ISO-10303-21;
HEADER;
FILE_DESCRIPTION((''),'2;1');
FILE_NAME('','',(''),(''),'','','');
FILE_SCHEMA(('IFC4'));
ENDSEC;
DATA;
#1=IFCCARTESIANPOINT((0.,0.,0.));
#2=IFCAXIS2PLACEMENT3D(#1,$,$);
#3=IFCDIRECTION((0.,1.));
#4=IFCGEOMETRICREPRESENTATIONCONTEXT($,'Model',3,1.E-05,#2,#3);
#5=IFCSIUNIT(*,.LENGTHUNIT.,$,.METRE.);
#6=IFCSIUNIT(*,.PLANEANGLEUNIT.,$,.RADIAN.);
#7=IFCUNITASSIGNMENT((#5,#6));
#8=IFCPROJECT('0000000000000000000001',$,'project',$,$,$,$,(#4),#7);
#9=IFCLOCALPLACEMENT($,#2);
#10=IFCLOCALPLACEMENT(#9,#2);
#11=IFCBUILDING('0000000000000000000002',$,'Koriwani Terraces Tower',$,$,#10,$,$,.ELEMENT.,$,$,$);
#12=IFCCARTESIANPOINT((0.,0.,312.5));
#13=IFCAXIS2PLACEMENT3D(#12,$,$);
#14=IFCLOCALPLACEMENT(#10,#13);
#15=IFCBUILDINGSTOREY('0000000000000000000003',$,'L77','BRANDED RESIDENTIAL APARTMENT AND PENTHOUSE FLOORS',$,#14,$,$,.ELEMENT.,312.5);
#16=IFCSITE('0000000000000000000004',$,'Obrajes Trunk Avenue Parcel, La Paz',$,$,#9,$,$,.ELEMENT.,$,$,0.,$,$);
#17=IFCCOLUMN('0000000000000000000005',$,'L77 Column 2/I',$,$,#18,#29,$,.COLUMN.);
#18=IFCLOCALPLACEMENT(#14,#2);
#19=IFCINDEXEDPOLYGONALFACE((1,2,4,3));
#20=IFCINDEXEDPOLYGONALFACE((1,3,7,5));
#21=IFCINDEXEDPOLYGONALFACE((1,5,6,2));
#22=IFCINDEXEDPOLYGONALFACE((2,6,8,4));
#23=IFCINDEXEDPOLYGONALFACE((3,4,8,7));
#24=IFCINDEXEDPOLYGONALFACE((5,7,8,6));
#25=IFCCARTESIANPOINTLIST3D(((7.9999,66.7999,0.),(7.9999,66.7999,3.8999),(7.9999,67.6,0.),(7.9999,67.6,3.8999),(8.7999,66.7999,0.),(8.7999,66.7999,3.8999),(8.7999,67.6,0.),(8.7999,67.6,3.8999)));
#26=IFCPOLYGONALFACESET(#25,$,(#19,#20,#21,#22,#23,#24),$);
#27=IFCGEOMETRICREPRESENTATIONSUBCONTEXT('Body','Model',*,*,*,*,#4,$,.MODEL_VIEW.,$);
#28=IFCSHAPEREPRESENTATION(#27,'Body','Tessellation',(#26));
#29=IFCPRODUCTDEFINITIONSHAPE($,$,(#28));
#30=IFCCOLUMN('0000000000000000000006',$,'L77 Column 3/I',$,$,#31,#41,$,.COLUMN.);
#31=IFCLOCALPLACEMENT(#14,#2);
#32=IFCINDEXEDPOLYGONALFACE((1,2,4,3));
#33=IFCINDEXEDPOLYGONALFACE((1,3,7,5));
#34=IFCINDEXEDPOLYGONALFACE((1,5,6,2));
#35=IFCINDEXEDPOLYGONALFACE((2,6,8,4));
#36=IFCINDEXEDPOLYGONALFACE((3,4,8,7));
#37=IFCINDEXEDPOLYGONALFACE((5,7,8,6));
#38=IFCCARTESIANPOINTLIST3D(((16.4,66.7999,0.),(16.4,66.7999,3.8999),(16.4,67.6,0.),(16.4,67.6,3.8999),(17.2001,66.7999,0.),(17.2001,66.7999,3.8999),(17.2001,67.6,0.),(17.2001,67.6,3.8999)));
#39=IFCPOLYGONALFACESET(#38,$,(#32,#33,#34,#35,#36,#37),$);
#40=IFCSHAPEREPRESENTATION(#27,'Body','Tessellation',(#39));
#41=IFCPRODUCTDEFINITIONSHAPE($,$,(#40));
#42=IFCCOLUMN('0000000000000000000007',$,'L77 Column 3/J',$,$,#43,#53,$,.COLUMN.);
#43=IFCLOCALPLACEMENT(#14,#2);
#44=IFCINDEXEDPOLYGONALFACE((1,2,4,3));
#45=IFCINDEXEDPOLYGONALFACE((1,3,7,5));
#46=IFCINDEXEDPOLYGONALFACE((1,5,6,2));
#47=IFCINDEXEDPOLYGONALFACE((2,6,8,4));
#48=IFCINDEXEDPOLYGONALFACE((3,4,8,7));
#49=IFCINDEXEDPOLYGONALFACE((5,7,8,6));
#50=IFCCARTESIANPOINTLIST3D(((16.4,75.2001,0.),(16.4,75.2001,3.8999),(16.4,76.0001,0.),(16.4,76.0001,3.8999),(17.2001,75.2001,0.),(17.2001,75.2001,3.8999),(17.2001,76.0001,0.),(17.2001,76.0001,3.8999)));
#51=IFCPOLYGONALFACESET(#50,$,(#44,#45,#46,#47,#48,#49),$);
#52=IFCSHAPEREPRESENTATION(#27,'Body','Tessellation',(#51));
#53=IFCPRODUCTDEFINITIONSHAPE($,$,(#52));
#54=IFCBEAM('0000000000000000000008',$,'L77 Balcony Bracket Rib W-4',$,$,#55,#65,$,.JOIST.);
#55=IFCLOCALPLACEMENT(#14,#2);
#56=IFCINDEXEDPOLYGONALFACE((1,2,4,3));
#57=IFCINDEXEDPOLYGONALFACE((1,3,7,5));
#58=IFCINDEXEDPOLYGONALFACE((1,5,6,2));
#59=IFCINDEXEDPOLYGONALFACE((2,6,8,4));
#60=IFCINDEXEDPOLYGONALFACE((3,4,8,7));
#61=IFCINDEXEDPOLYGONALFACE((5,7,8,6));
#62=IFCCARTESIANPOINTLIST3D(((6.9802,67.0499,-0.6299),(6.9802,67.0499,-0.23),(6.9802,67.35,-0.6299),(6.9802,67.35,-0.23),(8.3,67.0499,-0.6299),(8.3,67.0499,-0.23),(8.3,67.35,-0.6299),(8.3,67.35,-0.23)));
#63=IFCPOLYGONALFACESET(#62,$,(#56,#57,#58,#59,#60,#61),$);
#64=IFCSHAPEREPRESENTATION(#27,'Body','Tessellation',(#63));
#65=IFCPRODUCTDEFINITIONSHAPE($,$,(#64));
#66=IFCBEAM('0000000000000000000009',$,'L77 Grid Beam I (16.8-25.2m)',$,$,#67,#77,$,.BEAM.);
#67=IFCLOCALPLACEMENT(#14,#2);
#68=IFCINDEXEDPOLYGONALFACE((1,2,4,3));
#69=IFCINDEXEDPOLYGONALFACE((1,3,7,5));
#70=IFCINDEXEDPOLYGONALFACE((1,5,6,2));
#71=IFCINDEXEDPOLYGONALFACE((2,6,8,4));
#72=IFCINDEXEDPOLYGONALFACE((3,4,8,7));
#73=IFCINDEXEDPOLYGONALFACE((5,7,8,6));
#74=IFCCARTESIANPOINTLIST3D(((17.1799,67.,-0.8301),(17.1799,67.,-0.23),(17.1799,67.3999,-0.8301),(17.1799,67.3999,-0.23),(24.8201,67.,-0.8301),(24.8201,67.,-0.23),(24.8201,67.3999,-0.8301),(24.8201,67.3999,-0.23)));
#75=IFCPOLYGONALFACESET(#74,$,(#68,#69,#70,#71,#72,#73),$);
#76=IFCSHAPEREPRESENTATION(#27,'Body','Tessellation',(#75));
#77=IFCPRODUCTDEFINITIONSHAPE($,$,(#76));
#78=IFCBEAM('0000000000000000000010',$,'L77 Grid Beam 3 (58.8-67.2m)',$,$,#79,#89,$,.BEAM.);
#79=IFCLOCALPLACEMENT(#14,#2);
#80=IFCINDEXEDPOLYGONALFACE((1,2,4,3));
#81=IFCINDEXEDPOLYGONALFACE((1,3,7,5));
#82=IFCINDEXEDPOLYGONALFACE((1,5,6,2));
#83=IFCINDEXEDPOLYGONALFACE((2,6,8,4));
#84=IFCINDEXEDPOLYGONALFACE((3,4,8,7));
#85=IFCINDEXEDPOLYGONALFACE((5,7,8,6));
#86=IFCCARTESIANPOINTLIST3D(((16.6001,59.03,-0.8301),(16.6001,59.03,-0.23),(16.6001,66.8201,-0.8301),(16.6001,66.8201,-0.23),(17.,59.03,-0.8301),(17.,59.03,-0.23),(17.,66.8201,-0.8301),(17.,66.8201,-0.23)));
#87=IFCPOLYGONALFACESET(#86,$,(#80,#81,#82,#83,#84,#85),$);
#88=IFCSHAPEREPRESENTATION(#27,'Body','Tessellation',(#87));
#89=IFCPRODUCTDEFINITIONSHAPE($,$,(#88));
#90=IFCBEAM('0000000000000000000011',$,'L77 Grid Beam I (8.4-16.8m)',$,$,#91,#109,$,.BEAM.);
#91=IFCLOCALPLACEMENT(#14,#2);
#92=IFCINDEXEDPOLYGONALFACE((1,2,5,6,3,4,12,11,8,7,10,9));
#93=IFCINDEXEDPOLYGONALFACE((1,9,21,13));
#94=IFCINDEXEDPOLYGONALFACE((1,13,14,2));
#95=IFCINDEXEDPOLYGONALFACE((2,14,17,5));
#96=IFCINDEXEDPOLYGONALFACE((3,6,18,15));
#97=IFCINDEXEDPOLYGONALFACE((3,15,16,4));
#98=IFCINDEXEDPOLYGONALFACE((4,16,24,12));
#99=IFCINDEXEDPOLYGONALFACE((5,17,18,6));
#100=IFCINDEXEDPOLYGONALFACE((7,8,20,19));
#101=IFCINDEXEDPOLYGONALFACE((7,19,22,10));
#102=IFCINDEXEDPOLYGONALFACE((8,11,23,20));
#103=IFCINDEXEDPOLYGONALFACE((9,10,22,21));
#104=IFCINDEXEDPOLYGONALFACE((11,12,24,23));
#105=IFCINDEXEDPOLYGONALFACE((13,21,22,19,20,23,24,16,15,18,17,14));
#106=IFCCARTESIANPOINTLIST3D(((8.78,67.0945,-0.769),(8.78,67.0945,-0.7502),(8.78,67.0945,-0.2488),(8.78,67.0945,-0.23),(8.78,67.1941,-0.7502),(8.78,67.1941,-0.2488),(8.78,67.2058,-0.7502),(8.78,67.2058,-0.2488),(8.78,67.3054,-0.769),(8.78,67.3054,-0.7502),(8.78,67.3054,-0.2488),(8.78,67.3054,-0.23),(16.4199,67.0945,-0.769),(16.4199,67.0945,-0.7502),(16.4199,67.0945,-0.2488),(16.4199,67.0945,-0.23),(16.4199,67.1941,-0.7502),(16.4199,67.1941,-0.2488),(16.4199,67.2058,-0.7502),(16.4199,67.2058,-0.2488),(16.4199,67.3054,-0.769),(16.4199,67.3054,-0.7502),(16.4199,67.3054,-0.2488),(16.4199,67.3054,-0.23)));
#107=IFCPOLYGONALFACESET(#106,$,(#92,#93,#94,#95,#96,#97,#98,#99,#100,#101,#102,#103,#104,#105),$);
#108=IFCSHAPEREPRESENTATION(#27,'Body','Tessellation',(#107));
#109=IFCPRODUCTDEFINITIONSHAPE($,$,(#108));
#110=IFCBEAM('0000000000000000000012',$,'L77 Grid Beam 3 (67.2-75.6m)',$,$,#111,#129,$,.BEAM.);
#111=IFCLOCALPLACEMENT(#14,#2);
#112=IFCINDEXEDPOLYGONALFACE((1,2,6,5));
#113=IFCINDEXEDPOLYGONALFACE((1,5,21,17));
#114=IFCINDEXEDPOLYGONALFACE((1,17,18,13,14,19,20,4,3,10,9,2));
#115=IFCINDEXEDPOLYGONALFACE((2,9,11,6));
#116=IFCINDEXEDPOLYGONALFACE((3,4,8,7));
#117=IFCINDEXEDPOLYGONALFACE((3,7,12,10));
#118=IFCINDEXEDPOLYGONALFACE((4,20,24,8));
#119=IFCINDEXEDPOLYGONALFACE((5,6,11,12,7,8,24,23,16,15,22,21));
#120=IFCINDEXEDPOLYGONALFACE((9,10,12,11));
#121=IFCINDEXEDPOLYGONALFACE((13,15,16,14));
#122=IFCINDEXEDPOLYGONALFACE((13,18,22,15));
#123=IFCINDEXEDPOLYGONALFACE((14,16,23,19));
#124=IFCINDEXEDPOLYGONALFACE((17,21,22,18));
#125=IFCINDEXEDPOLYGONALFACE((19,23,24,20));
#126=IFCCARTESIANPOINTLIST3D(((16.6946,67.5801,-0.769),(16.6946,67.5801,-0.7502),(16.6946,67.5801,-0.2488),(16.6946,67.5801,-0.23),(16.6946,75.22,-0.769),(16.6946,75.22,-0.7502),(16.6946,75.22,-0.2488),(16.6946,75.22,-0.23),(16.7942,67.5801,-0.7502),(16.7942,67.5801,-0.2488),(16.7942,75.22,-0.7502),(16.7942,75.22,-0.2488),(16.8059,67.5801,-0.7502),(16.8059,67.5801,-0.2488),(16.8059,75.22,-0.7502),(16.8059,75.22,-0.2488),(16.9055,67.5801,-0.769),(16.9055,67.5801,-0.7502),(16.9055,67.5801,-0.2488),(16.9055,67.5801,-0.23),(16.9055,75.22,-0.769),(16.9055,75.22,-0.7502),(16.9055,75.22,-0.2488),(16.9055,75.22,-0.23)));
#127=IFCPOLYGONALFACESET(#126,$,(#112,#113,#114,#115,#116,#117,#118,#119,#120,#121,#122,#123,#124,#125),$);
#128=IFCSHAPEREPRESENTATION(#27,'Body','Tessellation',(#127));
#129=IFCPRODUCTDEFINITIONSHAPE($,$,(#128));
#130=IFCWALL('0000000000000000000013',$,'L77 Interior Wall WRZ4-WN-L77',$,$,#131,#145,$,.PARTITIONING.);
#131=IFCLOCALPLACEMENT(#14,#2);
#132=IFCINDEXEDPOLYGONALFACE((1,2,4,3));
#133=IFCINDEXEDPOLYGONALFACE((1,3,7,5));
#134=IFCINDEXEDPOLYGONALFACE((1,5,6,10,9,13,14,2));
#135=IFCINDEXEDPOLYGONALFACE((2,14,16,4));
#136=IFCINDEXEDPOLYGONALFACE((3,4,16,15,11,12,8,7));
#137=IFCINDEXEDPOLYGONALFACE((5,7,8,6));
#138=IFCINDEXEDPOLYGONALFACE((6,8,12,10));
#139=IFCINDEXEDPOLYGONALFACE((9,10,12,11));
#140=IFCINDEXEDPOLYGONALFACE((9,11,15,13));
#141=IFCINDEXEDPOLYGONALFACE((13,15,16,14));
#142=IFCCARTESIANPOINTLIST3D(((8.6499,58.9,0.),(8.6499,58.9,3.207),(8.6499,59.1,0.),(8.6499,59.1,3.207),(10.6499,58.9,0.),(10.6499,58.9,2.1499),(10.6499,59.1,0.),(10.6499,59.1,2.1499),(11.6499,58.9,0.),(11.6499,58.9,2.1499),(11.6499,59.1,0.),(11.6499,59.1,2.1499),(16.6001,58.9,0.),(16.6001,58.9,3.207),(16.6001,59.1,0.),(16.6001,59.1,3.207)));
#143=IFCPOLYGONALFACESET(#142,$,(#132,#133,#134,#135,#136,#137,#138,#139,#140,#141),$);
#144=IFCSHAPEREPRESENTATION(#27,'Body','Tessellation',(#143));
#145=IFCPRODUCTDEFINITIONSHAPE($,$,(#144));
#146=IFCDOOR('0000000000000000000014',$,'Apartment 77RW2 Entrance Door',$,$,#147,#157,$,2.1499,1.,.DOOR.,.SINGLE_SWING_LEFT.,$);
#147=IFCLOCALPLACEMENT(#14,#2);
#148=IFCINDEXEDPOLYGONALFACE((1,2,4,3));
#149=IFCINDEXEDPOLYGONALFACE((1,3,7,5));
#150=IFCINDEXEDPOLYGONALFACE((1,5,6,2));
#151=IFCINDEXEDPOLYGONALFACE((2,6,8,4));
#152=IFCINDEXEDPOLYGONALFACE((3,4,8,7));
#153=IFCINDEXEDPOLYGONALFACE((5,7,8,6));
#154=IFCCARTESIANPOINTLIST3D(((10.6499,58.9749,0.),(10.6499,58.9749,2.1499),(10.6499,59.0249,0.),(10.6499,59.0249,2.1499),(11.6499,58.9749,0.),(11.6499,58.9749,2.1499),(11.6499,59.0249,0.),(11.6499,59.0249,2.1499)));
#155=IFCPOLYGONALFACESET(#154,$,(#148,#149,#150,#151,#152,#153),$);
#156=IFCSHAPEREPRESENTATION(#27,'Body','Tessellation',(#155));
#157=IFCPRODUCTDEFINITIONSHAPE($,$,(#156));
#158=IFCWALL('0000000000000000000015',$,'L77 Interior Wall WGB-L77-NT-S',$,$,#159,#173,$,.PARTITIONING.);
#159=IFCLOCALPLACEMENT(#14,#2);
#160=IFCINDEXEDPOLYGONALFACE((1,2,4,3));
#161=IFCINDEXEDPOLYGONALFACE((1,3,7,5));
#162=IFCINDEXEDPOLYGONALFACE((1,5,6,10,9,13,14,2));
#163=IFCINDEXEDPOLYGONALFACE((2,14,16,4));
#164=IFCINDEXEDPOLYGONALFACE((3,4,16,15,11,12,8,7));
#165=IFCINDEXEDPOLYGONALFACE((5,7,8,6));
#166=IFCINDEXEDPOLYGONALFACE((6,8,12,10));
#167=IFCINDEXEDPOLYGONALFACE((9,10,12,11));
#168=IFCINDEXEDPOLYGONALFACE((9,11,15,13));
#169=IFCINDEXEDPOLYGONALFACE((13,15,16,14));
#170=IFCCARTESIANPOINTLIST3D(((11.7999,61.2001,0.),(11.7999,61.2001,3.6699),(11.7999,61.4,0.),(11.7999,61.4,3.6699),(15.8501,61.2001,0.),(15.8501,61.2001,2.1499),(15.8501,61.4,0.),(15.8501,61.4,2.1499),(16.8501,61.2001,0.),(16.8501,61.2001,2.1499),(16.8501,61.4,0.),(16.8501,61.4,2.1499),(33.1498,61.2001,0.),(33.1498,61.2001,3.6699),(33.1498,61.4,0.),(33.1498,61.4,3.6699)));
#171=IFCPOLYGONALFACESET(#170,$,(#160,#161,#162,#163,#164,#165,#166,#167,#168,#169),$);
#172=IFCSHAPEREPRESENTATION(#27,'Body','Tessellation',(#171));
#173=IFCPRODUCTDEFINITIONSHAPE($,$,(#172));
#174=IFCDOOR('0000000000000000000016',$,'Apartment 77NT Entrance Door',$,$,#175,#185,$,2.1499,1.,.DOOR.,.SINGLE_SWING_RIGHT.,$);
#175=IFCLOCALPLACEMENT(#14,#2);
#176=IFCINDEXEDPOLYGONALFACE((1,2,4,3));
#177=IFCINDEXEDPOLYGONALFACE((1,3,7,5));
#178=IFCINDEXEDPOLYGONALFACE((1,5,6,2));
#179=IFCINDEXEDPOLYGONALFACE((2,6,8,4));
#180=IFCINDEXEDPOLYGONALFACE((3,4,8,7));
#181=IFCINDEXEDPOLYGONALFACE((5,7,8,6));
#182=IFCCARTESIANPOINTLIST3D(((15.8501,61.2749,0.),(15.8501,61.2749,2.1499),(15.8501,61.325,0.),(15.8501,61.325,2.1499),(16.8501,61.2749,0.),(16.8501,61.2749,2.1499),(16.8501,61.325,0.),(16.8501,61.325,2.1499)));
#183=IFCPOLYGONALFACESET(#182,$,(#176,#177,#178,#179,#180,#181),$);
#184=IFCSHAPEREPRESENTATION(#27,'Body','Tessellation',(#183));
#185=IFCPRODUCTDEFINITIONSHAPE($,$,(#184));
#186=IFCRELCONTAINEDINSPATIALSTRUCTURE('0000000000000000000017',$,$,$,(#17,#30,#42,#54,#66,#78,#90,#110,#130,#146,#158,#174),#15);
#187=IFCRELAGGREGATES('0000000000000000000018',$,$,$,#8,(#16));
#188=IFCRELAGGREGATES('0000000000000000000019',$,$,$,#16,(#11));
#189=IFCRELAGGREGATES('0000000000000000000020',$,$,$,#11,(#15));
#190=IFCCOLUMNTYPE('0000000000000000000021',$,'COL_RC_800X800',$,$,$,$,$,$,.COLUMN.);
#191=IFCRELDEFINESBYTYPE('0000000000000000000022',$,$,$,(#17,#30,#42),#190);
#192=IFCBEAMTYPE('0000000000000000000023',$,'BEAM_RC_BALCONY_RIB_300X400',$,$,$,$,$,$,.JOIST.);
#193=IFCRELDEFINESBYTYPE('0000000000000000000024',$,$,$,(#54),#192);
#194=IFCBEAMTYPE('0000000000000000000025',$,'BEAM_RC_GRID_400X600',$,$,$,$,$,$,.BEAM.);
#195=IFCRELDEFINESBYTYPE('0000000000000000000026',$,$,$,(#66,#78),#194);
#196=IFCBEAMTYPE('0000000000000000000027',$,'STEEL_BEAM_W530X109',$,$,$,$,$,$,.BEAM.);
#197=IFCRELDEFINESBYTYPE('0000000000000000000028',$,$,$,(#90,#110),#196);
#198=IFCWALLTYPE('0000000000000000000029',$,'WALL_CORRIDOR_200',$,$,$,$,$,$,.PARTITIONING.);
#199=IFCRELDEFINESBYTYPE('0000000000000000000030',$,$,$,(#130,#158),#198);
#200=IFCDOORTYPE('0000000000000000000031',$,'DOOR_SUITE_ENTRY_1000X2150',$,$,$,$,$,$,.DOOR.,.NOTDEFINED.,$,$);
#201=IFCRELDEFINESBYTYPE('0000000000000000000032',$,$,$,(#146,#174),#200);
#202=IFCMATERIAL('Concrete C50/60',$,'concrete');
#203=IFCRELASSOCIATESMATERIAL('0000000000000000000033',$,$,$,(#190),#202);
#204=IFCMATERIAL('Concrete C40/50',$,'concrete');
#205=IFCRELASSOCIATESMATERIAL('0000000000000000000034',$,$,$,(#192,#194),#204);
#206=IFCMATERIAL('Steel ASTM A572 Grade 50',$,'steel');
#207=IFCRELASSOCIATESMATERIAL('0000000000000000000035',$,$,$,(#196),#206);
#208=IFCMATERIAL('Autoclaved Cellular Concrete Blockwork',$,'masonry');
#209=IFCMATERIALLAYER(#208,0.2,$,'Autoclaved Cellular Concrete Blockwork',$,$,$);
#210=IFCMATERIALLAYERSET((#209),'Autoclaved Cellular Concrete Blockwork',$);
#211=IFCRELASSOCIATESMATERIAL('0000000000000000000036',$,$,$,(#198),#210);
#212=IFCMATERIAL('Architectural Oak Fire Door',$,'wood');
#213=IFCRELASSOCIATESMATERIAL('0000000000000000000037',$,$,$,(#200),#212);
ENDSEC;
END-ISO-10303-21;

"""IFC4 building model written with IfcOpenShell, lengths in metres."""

from ifc_helpers import new_model, si_unit, direction, frame, frame_2d, origin, origin_2d, place, context, subcontext, project, spatial, rectangle, i_section, extrude, material, layer, layer_set, material_profile, profile_set, type_object, element, fill, save


model = new_model("IFC4")

# Units and contexts
model_context = context("Model", 3, precision=1e-05, world=origin(), true_north=direction((0.0, 1.0)))
body_context = subcontext(model_context, "Body", "Model", "MODEL_VIEW")
ifc_project = project(units=[si_unit("LENGTHUNIT", "METRE"), si_unit("PLANEANGLEUNIT", "RADIAN")], contexts=[model_context])

# Site, building, storey
site_placement = place(None, origin())
site = spatial("IfcSite", under=ifc_project, at=site_placement, Name="Obrajes Trunk Avenue Parcel, La Paz", CompositionType="ELEMENT", RefElevation=0.0)
building_placement = place(site_placement, origin())
building = spatial("IfcBuilding", under=site, at=building_placement, Name="Koriwani Terraces Tower", CompositionType="ELEMENT")
storey_placement = place(building_placement, frame((0.0, 0.0, 312.5)))
storey = spatial("IfcBuildingStorey", under=building, at=storey_placement, Name="L77", Description="BRANDED RESIDENTIAL APARTMENT AND PENTHOUSE FLOORS", CompositionType="ELEMENT", Elevation=312.5)

# Columns
ifc_material_1 = material(Name="Concrete C50/60", Category="concrete")
ifc_material_profile_1 = material_profile(ifc_material_1, rectangle(XDim=0.8, YDim=0.8, at=origin_2d()), Name="Concrete C50/60", Category="LoadBearing")
ifc_profile_set_1 = profile_set([ifc_material_profile_1], Name="Concrete C50/60")
column_type = type_object("IfcColumnType", Name="COL_RC_800X800", PredefinedType="COLUMN", material=ifc_profile_set_1)
for number, where, z_axis, x_axis, name in (
    (1, (8.3999, 67.2, 0.0), (0.0, 0.0, 1.0), (1.0, 0.0, 0.0), "L77 Column 2/I"),
    (2, (16.8, 67.2, 0.0), (0.0, 0.0, 1.0), (1.0, 0.0, 0.0), "L77 Column 3/I"),
    (3, (16.8, 75.6001, 0.0), (0.0, 0.0, 1.0), (1.0, 0.0, 0.0), "L77 Column 3/J"),
):
    element("IfcColumn", number, at=place(storey_placement, frame(where, z_axis=z_axis, x_axis=x_axis)), inside=storey, type_object=column_type, Name=name, PredefinedType="COLUMN", context=body_context, shape_type="SweptSolid", body=[
        extrude(rectangle(XDim=0.8, YDim=0.8, at=origin_2d()), origin(), (0.0, 0.0, 1.0), 3.8999),
    ])

# Beams
ifc_material_2 = material(Name="Concrete C40/50", Category="concrete")
ifc_material_profile_2 = material_profile(ifc_material_2, rectangle(XDim=0.3, YDim=0.3999, at=origin_2d()), Name="Concrete C40/50", Category="LoadBearing")
ifc_profile_set_2 = profile_set([ifc_material_profile_2], Name="Concrete C40/50")
beam_type_1 = type_object("IfcBeamType", Name="BEAM_RC_BALCONY_RIB_300X400", PredefinedType="JOIST", material=ifc_profile_set_2)
beam_1_placement = place(storey_placement, frame((6.9802, 67.2, -0.4299), z_axis=(1.0, 0.0, 0.0), x_axis=(0.0, 1.0, 0.0)))
element("IfcBeam", 4, at=beam_1_placement, inside=storey, type_object=beam_type_1, Name="L77 Balcony Bracket Rib W-4", PredefinedType="JOIST", context=body_context, shape_type="SweptSolid", body=[
    extrude(rectangle(XDim=0.3, YDim=0.3999, at=origin_2d()), origin(), (0.0, 0.0, 1.0), 1.3198),
])
ifc_material_profile_3 = material_profile(ifc_material_2, rectangle(XDim=0.3999, YDim=0.6001, at=origin_2d()), Name="Concrete C40/50", Category="LoadBearing")
ifc_profile_set_3 = profile_set([ifc_material_profile_3], Name="Concrete C40/50")
beam_type_2 = type_object("IfcBeamType", Name="BEAM_RC_GRID_400X600", PredefinedType="BEAM", material=ifc_profile_set_3)
beam_2_placement = place(storey_placement, frame((17.1799, 67.2, -0.53), z_axis=(1.0, 0.0, 0.0), x_axis=(0.0, 1.0, 0.0)))
element("IfcBeam", 5, at=beam_2_placement, inside=storey, type_object=beam_type_2, Name="L77 Grid Beam I (16.8-25.2m)", PredefinedType="BEAM", context=body_context, shape_type="SweptSolid", body=[
    extrude(rectangle(XDim=0.3999, YDim=0.6001, at=origin_2d()), origin(), (0.0, 0.0, 1.0), 7.6401),
])
beam_3_placement = place(storey_placement, frame((16.8, 59.03, -0.53), z_axis=(0.0, 1.0, 0.0), x_axis=(-1.0, 0.0, 0.0)))
element("IfcBeam", 6, at=beam_3_placement, inside=storey, type_object=beam_type_2, Name="L77 Grid Beam 3 (58.8-67.2m)", PredefinedType="BEAM", context=body_context, shape_type="SweptSolid", body=[
    extrude(rectangle(XDim=0.3999, YDim=0.6001, at=origin_2d()), origin(), (0.0, 0.0, 1.0), 7.79),
])
ifc_material_3 = material(Name="Steel ASTM A572 Grade 50", Category="steel")
ifc_material_profile_4 = material_profile(ifc_material_3, i_section(OverallWidth=0.2109, OverallDepth=0.5391, WebThickness=0.0117, FlangeThickness=0.0188, at=origin_2d()), Name="Steel ASTM A572 Grade 50", Category="LoadBearing")
ifc_profile_set_4 = profile_set([ifc_material_profile_4], Name="Steel ASTM A572 Grade 50")
beam_type_3 = type_object("IfcBeamType", Name="STEEL_BEAM_W530X109", PredefinedType="BEAM", material=ifc_profile_set_4)
for number, where, z_axis, x_axis, name in (
    (7, (8.78, 67.2, -0.4995), (1.0, 0.0, 0.0), (0.0, 1.0, 0.0), "L77 Grid Beam I (8.4-16.8m)"),
    (8, (16.8, 67.5801, -0.4995), (0.0, 1.0, 0.0), (-1.0, 0.0, 0.0), "L77 Grid Beam 3 (67.2-75.6m)"),
):
    element("IfcBeam", number, at=place(storey_placement, frame(where, z_axis=z_axis, x_axis=x_axis)), inside=storey, type_object=beam_type_3, Name=name, PredefinedType="BEAM", context=body_context, shape_type="SweptSolid", body=[
        extrude(i_section(OverallWidth=0.2109, OverallDepth=0.5391, WebThickness=0.0117, FlangeThickness=0.0188, at=origin_2d()), origin(), (0.0, 0.0, 1.0), 7.6399),
    ])

# Walls, openings, doors
ifc_material_4 = material(Name="Autoclaved Cellular Concrete Blockwork", Category="masonry")
ifc_layer_1 = layer(ifc_material_4, 0.2, Name="Autoclaved Cellular Concrete Blockwork")
ifc_layer_set_1 = layer_set([ifc_layer_1], Name="Autoclaved Cellular Concrete Blockwork")
wall_type_1 = type_object("IfcWallType", Name="WALL_CORRIDOR_200", PredefinedType="PARTITIONING", material=ifc_layer_set_1)
wall_1_placement = place(storey_placement, frame((8.6499, 59.0, 0.0), z_axis=(0.0, 0.0, 1.0), x_axis=(1.0, 0.0, 0.0)))
wall_1 = element("IfcWall", 9, at=wall_1_placement, inside=storey, type_object=wall_type_1, Name="L77 Interior Wall WRZ4-WN-L77", PredefinedType="PARTITIONING", context=body_context, shape_type="SweptSolid", body=[
    extrude(rectangle(XDim=7.9502, YDim=0.2, at=frame_2d((3.9751, 0.0))), origin(), (0.0, 0.0, 1.0), 3.207),
])
opening_1_placement = place(wall_1_placement, frame((2.0, 0.0, 0.0)))
opening_1 = element("IfcOpeningElement", 10, at=opening_1_placement, cuts=wall_1, PredefinedType="OPENING", context=body_context, shape_type="SweptSolid", body=[
    extrude(rectangle(XDim=1.0, YDim=2.1499, at=frame_2d((0.5, 1.075))), frame((0.0, 0.1099, 0.0), z_axis=(0.0, -1.0, 0.0), x_axis=(1.0, 0.0, 0.0)), (0.0, 0.0, 1.0), 0.22),
])
ifc_material_5 = material(Name="Architectural Oak Fire Door", Category="wood")
door_type_1 = type_object("IfcDoorType", Name="DOOR_SUITE_ENTRY_1000X2150", OperationType="NOTDEFINED", PredefinedType="DOOR", material=ifc_material_5)
door_1_placement = place(opening_1_placement, origin())
door_1 = element("IfcDoor", 11, at=door_1_placement, inside=storey, type_object=door_type_1, Name="Apartment 77RW2 Entrance Door", OperationType="SINGLE_SWING_LEFT", OverallHeight=2.1499, OverallWidth=1.0, PredefinedType="DOOR", context=body_context, shape_type="SweptSolid", body=[
    extrude(rectangle(XDim=1.0, YDim=2.1499, at=frame_2d((0.5, 1.075))), frame((0.0, 0.0249, 0.0), z_axis=(0.0, -1.0, 0.0), x_axis=(1.0, 0.0, 0.0)), (0.0, 0.0, 1.0), 0.05),
])
fill(opening_1, door_1)
wall_2_placement = place(storey_placement, frame((11.8, 61.3, 0.0), z_axis=(0.0, 0.0, 1.0), x_axis=(1.0, 0.0, 0.0)))
wall_2 = element("IfcWall", 12, at=wall_2_placement, inside=storey, type_object=wall_type_1, Name="L77 Interior Wall WGB-L77-NT-S", PredefinedType="PARTITIONING", context=body_context, shape_type="SweptSolid", body=[
    extrude(rectangle(XDim=21.3499, YDim=0.2, at=frame_2d((10.6748, 0.0))), origin(), (0.0, 0.0, 1.0), 3.6699),
])
opening_2_placement = place(wall_2_placement, frame((4.05, 0.0, 0.0)))
opening_2 = element("IfcOpeningElement", 13, at=opening_2_placement, cuts=wall_2, PredefinedType="OPENING", context=body_context, shape_type="SweptSolid", body=[
    extrude(rectangle(XDim=1.0, YDim=2.1499, at=frame_2d((0.5, 1.075))), frame((0.0, 0.1099, 0.0), z_axis=(0.0, -1.0, 0.0), x_axis=(1.0, 0.0, 0.0)), (0.0, 0.0, 1.0), 0.22),
])
door_2_placement = place(opening_2_placement, origin())
door_2 = element("IfcDoor", 14, at=door_2_placement, inside=storey, type_object=door_type_1, Name="Apartment 77NT Entrance Door", OperationType="SINGLE_SWING_RIGHT", OverallHeight=2.1499, OverallWidth=1.0, PredefinedType="DOOR", context=body_context, shape_type="SweptSolid", body=[
    extrude(rectangle(XDim=1.0, YDim=2.1499, at=frame_2d((0.5, 1.075))), frame((0.0, 0.0249, 0.0), z_axis=(0.0, -1.0, 0.0), x_axis=(1.0, 0.0, 0.0)), (0.0, 0.0, 1.0), 0.05),
])
fill(opening_2, door_2)

save(model, "model.ifc")
